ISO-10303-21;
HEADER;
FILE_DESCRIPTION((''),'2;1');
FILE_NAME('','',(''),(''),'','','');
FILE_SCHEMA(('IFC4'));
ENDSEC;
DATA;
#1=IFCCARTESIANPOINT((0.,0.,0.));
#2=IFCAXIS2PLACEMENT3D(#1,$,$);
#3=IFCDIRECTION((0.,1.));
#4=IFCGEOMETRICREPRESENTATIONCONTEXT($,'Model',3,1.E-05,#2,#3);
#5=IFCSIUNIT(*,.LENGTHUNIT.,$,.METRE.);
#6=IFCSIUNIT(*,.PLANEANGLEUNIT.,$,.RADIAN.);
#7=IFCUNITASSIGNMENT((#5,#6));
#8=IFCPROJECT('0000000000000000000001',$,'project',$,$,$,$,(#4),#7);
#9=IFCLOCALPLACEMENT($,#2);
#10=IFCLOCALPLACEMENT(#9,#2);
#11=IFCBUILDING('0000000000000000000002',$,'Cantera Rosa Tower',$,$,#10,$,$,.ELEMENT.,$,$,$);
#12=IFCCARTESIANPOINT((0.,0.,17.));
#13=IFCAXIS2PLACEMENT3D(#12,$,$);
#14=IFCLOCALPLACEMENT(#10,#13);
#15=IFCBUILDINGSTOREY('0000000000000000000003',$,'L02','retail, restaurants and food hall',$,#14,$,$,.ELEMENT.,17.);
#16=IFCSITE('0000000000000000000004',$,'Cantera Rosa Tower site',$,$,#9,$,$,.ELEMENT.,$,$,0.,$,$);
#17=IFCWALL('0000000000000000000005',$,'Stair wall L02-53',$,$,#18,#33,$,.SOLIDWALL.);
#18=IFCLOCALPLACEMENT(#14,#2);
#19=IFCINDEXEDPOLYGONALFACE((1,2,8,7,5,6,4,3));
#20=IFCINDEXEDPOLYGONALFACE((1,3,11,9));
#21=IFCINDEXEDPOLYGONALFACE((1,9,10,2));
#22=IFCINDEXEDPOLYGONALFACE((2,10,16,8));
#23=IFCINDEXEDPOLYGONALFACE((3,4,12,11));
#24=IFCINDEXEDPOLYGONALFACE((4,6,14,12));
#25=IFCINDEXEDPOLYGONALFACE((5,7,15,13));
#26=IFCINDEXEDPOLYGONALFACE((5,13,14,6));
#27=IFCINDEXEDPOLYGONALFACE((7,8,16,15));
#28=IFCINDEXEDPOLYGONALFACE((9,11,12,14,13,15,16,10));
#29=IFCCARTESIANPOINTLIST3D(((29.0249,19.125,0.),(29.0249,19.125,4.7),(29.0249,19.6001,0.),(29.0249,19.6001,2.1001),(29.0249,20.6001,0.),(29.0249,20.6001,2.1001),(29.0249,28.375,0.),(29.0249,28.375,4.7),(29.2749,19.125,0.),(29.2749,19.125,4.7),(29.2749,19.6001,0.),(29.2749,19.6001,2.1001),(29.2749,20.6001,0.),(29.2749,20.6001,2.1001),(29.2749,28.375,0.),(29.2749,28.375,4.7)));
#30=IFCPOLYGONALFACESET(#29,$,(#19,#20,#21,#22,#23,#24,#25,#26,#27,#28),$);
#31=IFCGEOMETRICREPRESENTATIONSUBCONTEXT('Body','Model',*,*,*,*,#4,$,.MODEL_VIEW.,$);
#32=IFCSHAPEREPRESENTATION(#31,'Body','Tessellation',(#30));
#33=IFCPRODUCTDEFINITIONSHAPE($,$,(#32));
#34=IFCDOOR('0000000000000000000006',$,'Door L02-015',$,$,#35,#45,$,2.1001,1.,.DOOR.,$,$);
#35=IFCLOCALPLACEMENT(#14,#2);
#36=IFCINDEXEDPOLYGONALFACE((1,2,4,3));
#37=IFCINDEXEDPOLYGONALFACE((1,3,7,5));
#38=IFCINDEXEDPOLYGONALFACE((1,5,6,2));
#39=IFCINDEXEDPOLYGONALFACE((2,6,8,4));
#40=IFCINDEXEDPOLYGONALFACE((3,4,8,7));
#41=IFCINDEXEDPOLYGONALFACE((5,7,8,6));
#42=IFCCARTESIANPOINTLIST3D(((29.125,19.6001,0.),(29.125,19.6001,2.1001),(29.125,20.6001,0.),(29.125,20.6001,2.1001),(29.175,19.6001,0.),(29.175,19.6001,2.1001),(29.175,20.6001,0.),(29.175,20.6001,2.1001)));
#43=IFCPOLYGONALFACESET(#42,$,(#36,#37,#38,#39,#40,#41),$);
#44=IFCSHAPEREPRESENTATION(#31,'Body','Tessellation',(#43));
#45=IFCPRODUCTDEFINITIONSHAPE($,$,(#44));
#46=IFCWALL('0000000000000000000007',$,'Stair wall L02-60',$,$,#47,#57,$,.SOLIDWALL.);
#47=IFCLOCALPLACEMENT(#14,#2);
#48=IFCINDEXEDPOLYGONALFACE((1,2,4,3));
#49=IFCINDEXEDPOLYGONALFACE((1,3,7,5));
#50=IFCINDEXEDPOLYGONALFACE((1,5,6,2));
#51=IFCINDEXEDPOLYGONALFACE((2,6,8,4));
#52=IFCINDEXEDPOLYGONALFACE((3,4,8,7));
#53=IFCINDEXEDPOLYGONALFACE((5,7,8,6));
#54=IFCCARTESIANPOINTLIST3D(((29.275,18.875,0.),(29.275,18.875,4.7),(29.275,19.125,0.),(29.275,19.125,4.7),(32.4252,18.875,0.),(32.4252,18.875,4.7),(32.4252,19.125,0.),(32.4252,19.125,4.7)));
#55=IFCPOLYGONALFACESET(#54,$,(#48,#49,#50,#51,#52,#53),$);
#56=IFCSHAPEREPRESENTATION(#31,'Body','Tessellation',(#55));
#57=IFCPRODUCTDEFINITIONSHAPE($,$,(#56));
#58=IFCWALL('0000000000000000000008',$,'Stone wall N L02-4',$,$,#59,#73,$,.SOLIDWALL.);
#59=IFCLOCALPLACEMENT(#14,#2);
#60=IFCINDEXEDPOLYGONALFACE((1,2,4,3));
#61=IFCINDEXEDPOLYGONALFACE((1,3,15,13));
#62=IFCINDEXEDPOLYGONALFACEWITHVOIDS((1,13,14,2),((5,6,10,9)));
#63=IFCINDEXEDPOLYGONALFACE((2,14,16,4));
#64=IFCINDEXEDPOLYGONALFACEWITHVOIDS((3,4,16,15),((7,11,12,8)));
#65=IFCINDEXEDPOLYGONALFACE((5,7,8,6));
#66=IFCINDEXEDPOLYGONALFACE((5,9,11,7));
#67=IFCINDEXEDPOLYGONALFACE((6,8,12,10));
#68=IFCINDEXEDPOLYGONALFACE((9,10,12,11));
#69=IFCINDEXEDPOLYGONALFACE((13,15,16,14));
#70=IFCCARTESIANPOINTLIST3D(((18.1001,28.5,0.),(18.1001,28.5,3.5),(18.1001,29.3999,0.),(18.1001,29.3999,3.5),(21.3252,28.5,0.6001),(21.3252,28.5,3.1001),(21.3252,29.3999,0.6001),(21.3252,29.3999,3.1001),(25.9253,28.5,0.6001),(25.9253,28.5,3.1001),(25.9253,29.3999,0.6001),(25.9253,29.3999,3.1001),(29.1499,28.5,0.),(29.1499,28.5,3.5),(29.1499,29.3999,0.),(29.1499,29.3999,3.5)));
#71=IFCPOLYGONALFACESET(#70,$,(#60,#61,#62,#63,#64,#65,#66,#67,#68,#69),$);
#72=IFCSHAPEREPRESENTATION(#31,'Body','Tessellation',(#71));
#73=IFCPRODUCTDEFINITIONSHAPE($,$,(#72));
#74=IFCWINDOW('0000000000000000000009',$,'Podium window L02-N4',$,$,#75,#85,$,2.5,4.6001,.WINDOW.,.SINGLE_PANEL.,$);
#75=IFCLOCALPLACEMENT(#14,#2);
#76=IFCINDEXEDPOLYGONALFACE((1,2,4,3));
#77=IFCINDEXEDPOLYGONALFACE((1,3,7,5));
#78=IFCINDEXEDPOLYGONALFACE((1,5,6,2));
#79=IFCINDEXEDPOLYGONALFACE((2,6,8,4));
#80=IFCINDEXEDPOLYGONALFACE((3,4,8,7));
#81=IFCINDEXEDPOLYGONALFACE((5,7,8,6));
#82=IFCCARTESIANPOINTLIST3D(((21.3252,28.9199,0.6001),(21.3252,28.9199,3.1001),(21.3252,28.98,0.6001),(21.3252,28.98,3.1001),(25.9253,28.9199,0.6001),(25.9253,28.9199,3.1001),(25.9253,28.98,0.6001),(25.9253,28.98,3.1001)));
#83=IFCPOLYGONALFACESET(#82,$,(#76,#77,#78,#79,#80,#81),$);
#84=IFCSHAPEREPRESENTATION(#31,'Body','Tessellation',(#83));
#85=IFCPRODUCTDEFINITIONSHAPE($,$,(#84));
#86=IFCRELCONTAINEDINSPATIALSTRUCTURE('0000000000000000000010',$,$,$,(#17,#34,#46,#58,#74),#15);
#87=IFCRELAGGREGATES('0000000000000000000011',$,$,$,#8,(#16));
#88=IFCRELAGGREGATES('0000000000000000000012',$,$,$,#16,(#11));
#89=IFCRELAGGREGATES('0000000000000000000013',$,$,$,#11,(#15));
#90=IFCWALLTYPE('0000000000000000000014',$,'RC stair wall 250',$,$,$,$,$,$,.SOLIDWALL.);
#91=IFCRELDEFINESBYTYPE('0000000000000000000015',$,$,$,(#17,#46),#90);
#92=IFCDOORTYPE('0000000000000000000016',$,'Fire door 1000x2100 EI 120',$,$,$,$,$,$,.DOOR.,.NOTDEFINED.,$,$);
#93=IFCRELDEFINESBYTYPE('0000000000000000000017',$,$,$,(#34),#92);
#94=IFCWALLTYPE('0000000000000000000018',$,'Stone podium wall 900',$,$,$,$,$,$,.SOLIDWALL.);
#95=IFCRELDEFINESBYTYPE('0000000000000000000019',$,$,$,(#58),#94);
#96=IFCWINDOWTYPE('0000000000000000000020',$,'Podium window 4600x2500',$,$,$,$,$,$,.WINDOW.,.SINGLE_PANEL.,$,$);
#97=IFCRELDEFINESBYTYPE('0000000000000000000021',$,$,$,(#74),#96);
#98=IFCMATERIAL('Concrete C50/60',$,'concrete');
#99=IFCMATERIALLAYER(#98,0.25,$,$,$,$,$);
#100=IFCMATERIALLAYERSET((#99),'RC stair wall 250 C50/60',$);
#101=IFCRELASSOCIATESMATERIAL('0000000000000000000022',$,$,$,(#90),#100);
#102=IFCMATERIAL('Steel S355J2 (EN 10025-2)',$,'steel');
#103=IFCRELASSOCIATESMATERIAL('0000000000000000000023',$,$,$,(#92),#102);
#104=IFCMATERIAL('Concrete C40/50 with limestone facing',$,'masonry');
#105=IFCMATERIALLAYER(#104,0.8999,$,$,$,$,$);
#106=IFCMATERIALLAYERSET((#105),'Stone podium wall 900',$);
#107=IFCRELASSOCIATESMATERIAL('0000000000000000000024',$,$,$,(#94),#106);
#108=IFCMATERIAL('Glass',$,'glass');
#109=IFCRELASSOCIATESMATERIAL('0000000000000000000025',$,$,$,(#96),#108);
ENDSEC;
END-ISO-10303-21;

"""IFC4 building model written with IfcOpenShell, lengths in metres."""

from ifc_helpers import new_model, si_unit, direction, frame, frame_2d, origin, place, context, subcontext, project, spatial, rectangle, extrude, material, layer, layer_set, type_object, element, fill, save


model = new_model("IFC4")

# Units and contexts
model_context = context("Model", 3, precision=1e-05, world=origin(), true_north=direction((0.0, 1.0)))
body_context = subcontext(model_context, "Body", "Model", "MODEL_VIEW")
ifc_project = project(units=[si_unit("LENGTHUNIT", "METRE"), si_unit("PLANEANGLEUNIT", "RADIAN")], contexts=[model_context])

# Site, building, storey
site_placement = place(None, origin())
site = spatial("IfcSite", under=ifc_project, at=site_placement, Name="Cantera Rosa Tower site", CompositionType="ELEMENT", RefElevation=0.0)
building_placement = place(site_placement, origin())
building = spatial("IfcBuilding", under=site, at=building_placement, Name="Cantera Rosa Tower", CompositionType="ELEMENT")
storey_placement = place(building_placement, frame((0.0, 0.0, 17.0)))
storey = spatial("IfcBuildingStorey", under=building, at=storey_placement, Name="L02", Description="retail, restaurants and food hall", CompositionType="ELEMENT", Elevation=17.0)

# Shared definitions
ifc_material_1 = material(Name="Concrete C50/60", Category="concrete")
ifc_layer_1 = layer(ifc_material_1, 0.25)
ifc_layer_set_1 = layer_set([ifc_layer_1], Name="RC stair wall 250 C50/60")
wall_type_1 = type_object("IfcWallType", Name="RC stair wall 250", PredefinedType="SOLIDWALL", material=ifc_layer_set_1)

# Wall, opening, door
wall_1_placement = place(storey_placement, frame((29.1499, 19.125, 0.0), z_axis=(0.0, 0.0, 1.0), x_axis=(0.0, 1.0, 0.0)))
wall_1 = element("IfcWall", 1, at=wall_1_placement, inside=storey, type_object=wall_type_1, Name="Stair wall L02-53", PredefinedType="SOLIDWALL", context=body_context, shape_type="SweptSolid", body=[
    extrude(rectangle(XDim=9.25, YDim=0.25, at=frame_2d((4.625, 0.0))), origin(), (0.0, 0.0, 1.0), 4.7),
])
opening_1_placement = place(wall_1_placement, frame((0.4751, 0.0, 0.0)))
opening_1 = element("IfcOpeningElement", 2, at=opening_1_placement, cuts=wall_1, PredefinedType="OPENING", context=body_context, shape_type="SweptSolid", body=[
    extrude(rectangle(XDim=1.0, YDim=2.1001, at=frame_2d((0.5, 1.05))), frame((0.0, 0.135, 0.0), z_axis=(0.0, -1.0, 0.0), x_axis=(1.0, 0.0, 0.0)), (0.0, 0.0, 1.0), 0.27),
])
ifc_material_2 = material(Name="Steel S355J2 (EN 10025-2)", Category="steel")
door_type_1 = type_object("IfcDoorType", Name="Fire door 1000x2100 EI 120", OperationType="NOTDEFINED", PredefinedType="DOOR", material=ifc_material_2)
door_1_placement = place(opening_1_placement, origin())
door_1 = element("IfcDoor", 3, at=door_1_placement, inside=storey, type_object=door_type_1, Name="Door L02-015", OverallHeight=2.1001, OverallWidth=1.0, PredefinedType="DOOR", context=body_context, shape_type="SweptSolid", body=[
    extrude(rectangle(XDim=1.0, YDim=2.1001, at=frame_2d((0.5, 1.05))), frame((0.0, 0.0249, 0.0), z_axis=(0.0, -1.0, 0.0), x_axis=(1.0, 0.0, 0.0)), (0.0, 0.0, 1.0), 0.05),
])
fill(opening_1, door_1)

# Wall
wall_2_placement = place(storey_placement, frame((29.2749, 19.0, 0.0), z_axis=(0.0, 0.0, 1.0), x_axis=(1.0, 0.0, 0.0)))
element("IfcWall", 4, at=wall_2_placement, inside=storey, type_object=wall_type_1, Name="Stair wall L02-60", PredefinedType="SOLIDWALL", context=body_context, shape_type="SweptSolid", body=[
    extrude(rectangle(XDim=3.1501, YDim=0.25, at=frame_2d((1.5752, 0.0))), origin(), (0.0, 0.0, 1.0), 4.7),
])

# Wall, opening, window
ifc_material_3 = material(Name="Concrete C40/50 with limestone facing", Category="masonry")
ifc_layer_2 = layer(ifc_material_3, 0.8999)
ifc_layer_set_2 = layer_set([ifc_layer_2], Name="Stone podium wall 900")
wall_type_2 = type_object("IfcWallType", Name="Stone podium wall 900", PredefinedType="SOLIDWALL", material=ifc_layer_set_2)
wall_3_placement = place(storey_placement, frame((18.1001, 28.95, 0.0), z_axis=(0.0, 0.0, 1.0), x_axis=(1.0, 0.0, 0.0)))
wall_3 = element("IfcWall", 5, at=wall_3_placement, inside=storey, type_object=wall_type_2, Name="Stone wall N L02-4", PredefinedType="SOLIDWALL", context=body_context, shape_type="SweptSolid", body=[
    extrude(rectangle(XDim=11.0498, YDim=0.8999, at=frame_2d((5.5249, 0.0))), origin(), (0.0, 0.0, 1.0), 3.5),
])
opening_2_placement = place(wall_3_placement, frame((3.2251, 0.0, 0.6001)))
opening_2 = element("IfcOpeningElement", 6, at=opening_2_placement, cuts=wall_3, PredefinedType="OPENING", context=body_context, shape_type="SweptSolid", body=[
    extrude(rectangle(XDim=4.6001, YDim=2.5, at=frame_2d((2.3, 1.25))), frame((0.0, 0.46, 0.0), z_axis=(0.0, -1.0, 0.0), x_axis=(1.0, 0.0, 0.0)), (0.0, 0.0, 1.0), 0.9199),
])
ifc_material_4 = material(Name="Glass", Category="glass")
window_type = type_object("IfcWindowType", Name="Podium window 4600x2500", PartitioningType="SINGLE_PANEL", PredefinedType="WINDOW", material=ifc_material_4)
window_placement = place(opening_2_placement, origin())
window = element("IfcWindow", 7, at=window_placement, inside=storey, type_object=window_type, Name="Podium window L02-N4", OverallHeight=2.5, OverallWidth=4.6001, PartitioningType="SINGLE_PANEL", PredefinedType="WINDOW", context=body_context, shape_type="SweptSolid", body=[
    extrude(rectangle(XDim=4.6001, YDim=2.5, at=frame_2d((2.3, 1.25))), frame((0.0, 0.03, 0.0), z_axis=(0.0, -1.0, 0.0), x_axis=(1.0, 0.0, 0.0)), (0.0, 0.0, 1.0), 0.0601),
])
fill(opening_2, window)

save(model, "model.ifc")
